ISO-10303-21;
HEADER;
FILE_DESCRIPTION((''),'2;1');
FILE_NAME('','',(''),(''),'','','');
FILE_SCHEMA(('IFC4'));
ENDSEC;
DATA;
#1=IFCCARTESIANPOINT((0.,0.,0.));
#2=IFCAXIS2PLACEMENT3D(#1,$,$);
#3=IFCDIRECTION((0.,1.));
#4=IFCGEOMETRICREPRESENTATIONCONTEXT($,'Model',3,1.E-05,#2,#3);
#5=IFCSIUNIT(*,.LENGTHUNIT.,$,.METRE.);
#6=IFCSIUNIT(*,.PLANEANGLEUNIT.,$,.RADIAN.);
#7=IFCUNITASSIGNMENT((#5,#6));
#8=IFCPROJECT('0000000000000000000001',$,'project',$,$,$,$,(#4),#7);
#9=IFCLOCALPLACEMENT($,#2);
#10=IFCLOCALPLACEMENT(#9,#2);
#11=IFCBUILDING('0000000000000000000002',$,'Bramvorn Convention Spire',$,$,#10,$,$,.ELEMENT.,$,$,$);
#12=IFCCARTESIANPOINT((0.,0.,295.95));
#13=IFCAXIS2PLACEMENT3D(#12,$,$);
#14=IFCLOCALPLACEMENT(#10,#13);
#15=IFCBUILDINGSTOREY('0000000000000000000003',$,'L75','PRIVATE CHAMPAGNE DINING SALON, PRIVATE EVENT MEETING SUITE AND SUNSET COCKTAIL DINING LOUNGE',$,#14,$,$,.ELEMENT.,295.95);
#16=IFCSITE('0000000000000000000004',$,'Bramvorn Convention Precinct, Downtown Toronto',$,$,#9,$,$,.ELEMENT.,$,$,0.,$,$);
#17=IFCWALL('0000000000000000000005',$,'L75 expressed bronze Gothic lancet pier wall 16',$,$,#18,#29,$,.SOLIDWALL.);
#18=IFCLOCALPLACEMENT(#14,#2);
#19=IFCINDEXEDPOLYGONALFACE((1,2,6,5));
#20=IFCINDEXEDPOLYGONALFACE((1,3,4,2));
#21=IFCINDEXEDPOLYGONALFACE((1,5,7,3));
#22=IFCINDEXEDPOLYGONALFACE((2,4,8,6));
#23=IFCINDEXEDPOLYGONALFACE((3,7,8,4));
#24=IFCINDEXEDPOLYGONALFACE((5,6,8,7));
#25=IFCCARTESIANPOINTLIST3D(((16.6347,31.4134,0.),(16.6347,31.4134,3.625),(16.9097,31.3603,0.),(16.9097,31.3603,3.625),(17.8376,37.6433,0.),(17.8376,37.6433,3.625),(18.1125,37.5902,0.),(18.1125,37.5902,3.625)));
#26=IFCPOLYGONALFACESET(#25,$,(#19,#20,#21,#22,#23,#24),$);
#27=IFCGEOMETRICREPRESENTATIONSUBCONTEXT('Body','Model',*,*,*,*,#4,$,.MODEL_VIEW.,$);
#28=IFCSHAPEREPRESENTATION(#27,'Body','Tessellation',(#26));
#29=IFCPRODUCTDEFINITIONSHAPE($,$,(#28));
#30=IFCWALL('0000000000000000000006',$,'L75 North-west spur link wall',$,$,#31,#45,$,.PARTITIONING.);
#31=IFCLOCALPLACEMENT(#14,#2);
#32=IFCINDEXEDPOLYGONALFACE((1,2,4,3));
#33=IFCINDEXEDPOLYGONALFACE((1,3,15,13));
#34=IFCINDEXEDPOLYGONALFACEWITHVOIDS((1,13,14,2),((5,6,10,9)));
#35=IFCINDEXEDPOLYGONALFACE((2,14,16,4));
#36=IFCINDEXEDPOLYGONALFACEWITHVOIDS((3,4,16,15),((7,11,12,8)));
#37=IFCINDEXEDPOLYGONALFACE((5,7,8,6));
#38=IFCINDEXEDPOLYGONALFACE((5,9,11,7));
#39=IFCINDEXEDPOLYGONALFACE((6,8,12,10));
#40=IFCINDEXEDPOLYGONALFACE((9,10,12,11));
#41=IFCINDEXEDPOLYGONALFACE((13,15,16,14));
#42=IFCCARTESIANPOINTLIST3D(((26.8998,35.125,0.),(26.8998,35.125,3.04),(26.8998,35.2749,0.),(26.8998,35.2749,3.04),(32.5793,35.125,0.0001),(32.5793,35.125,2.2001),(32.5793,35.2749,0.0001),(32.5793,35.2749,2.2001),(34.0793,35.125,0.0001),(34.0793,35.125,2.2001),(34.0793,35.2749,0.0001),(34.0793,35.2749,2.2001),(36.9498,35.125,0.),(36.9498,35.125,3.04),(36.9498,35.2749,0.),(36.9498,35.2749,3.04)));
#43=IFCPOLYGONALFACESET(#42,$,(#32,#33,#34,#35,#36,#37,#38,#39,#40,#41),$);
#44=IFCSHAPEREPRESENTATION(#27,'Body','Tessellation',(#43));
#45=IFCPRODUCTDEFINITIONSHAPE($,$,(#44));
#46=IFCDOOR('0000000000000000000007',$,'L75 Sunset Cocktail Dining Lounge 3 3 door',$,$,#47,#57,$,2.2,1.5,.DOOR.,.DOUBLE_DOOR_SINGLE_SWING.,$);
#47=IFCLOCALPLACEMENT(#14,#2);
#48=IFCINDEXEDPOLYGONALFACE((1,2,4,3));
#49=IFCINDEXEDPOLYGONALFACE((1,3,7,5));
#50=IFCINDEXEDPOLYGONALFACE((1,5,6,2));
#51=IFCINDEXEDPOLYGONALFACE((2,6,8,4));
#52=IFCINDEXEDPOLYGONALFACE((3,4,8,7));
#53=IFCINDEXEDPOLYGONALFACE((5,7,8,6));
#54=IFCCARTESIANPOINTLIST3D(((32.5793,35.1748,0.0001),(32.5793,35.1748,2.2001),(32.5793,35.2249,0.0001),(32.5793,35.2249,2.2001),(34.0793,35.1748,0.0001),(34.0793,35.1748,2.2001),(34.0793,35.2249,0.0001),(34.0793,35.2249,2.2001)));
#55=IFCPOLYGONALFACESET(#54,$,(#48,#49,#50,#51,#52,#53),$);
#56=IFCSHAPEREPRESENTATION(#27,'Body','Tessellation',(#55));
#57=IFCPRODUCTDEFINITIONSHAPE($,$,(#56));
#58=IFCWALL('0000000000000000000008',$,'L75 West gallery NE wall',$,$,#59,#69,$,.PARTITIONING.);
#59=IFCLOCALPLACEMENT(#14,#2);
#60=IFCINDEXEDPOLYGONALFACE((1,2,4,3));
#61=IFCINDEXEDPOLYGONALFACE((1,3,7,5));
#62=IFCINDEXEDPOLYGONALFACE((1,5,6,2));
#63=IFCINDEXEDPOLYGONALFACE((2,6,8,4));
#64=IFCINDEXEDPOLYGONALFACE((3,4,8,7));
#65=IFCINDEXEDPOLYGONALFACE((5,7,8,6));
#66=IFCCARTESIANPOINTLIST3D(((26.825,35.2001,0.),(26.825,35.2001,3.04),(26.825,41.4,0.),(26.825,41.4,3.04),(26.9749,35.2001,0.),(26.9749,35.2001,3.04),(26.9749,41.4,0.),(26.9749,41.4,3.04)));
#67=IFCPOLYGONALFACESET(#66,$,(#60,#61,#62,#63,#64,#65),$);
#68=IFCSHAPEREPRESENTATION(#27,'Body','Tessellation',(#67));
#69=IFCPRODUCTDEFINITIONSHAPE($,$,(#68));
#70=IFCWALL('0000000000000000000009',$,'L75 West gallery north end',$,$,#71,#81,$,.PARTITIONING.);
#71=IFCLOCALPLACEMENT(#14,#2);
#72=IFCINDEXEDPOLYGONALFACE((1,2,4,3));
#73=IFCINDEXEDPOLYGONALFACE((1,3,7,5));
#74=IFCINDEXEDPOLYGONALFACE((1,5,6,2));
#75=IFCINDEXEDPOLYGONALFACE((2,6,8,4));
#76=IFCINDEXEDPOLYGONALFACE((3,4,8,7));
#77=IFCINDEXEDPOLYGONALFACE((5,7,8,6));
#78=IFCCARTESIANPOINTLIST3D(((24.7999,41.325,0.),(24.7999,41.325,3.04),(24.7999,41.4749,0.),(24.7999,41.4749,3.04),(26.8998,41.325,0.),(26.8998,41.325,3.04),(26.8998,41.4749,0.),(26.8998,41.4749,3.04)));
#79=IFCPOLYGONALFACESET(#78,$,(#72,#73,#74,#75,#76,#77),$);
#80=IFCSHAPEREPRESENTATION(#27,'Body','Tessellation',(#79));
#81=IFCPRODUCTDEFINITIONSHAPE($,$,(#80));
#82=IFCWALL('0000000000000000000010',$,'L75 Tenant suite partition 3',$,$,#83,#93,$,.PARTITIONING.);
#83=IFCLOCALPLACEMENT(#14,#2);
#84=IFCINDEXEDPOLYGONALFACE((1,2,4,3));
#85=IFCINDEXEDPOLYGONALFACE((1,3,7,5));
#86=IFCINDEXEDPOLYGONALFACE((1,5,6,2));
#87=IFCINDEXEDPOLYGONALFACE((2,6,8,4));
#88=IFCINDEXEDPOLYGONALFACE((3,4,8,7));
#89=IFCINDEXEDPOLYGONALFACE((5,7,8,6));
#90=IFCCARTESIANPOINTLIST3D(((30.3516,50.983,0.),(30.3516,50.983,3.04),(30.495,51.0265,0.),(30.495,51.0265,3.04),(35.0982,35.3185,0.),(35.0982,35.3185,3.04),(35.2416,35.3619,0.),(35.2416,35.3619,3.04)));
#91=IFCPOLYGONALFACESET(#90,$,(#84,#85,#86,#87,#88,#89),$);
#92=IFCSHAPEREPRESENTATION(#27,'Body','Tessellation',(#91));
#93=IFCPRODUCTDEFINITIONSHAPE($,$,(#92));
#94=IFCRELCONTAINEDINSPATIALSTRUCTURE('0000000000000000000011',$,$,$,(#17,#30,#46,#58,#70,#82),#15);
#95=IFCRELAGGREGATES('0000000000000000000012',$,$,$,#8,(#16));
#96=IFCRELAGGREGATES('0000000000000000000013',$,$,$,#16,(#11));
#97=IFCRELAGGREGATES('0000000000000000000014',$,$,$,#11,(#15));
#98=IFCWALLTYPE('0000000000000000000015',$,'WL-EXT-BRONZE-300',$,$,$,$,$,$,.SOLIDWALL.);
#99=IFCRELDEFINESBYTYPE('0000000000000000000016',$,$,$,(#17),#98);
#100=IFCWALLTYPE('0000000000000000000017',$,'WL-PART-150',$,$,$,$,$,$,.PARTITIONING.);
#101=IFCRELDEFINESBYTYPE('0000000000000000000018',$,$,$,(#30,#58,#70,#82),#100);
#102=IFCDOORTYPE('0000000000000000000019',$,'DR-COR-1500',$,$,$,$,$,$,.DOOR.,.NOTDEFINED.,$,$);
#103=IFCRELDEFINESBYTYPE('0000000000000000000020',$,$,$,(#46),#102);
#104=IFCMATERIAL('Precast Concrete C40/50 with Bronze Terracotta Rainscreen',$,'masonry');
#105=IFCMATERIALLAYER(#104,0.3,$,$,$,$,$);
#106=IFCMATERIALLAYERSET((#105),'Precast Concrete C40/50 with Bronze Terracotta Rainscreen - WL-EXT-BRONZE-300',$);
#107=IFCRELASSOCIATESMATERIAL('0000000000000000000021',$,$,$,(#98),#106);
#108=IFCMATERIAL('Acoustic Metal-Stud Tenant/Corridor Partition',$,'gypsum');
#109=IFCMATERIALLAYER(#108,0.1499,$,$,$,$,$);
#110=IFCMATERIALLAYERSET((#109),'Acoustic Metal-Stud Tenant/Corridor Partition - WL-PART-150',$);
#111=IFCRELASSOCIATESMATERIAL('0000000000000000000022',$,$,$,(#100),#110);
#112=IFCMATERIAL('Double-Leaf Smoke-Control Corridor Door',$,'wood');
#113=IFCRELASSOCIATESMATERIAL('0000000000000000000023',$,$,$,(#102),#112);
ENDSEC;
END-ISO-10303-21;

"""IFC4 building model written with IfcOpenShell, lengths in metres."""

from ifc_helpers import new_model, si_unit, direction, frame, frame_2d, origin, place, context, subcontext, project, spatial, rectangle, extrude, material, layer, layer_set, type_object, element, fill, save


model = new_model("IFC4")

# Units and contexts
model_context = context("Model", 3, precision=1e-05, world=origin(), true_north=direction((0.0, 1.0)))
body_context = subcontext(model_context, "Body", "Model", "MODEL_VIEW")
ifc_project = project(units=[si_unit("LENGTHUNIT", "METRE"), si_unit("PLANEANGLEUNIT", "RADIAN")], contexts=[model_context])

# Site, building, storey
site_placement = place(None, origin())
site = spatial("IfcSite", under=ifc_project, at=site_placement, Name="Bramvorn Convention Precinct, Downtown Toronto", CompositionType="ELEMENT", RefElevation=0.0)
building_placement = place(site_placement, origin())
building = spatial("IfcBuilding", under=site, at=building_placement, Name="Bramvorn Convention Spire", CompositionType="ELEMENT")
storey_placement = place(building_placement, frame((0.0, 0.0, 295.95)))
storey = spatial("IfcBuildingStorey", under=building, at=storey_placement, Name="L75", Description="PRIVATE CHAMPAGNE DINING SALON, PRIVATE EVENT MEETING SUITE AND SUNSET COCKTAIL DINING LOUNGE", CompositionType="ELEMENT", Elevation=295.95)

# Wall
ifc_material_1 = material(Name="Precast Concrete C40/50 with Bronze Terracotta Rainscreen", Category="masonry")
ifc_layer_1 = layer(ifc_material_1, 0.3)
ifc_layer_set_1 = layer_set([ifc_layer_1], Name="Precast Concrete C40/50 with Bronze Terracotta Rainscreen - WL-EXT-BRONZE-300")
wall_type_1 = type_object("IfcWallType", Name="WL-EXT-BRONZE-300", PredefinedType="SOLIDWALL", material=ifc_layer_set_1)
wall_1_placement = place(storey_placement, frame((16.7722, 31.387, 0.0), z_axis=(0.0, 0.0, 1.0), x_axis=(0.189578, 0.981866, 0.0)))
element("IfcWall", 1, at=wall_1_placement, inside=storey, type_object=wall_type_1, Name="L75 expressed bronze Gothic lancet pier wall 16", PredefinedType="SOLIDWALL", context=body_context, shape_type="SweptSolid", body=[
    extrude(rectangle(XDim=6.345, YDim=0.28, at=frame_2d((3.1724, 0.0))), origin(), (0.0, 0.0, 1.0), 3.625),
])

# Wall, opening, door
ifc_material_2 = material(Name="Acoustic Metal-Stud Tenant/Corridor Partition", Category="gypsum")
ifc_layer_2 = layer(ifc_material_2, 0.1499)
ifc_layer_set_2 = layer_set([ifc_layer_2], Name="Acoustic Metal-Stud Tenant/Corridor Partition - WL-PART-150")
wall_type_2 = type_object("IfcWallType", Name="WL-PART-150", PredefinedType="PARTITIONING", material=ifc_layer_set_2)
wall_2_placement = place(storey_placement, frame((26.8999, 35.2, 0.0), z_axis=(0.0, 0.0, 1.0), x_axis=(1.0, 0.0, 0.0)))
wall_2 = element("IfcWall", 2, at=wall_2_placement, inside=storey, type_object=wall_type_2, Name="L75 North-west spur link wall", PredefinedType="PARTITIONING", context=body_context, shape_type="SweptSolid", body=[
    extrude(rectangle(XDim=10.05, YDim=0.1499, at=frame_2d((5.0249, 0.0))), origin(), (0.0, 0.0, 1.0), 3.04),
])
opening_placement = place(wall_2_placement, frame((5.6794, 0.0, 0.0)))
opening = element("IfcOpeningElement", 3, at=opening_placement, cuts=wall_2, PredefinedType="OPENING", context=body_context, shape_type="SweptSolid", body=[
    extrude(rectangle(XDim=1.5, YDim=2.2, at=frame_2d((0.75, 1.1001))), frame((0.0, 0.085, 0.0), z_axis=(0.0, -1.0, 0.0), x_axis=(1.0, 0.0, 0.0)), (0.0, 0.0, 1.0), 0.1699),
])
ifc_material_3 = material(Name="Double-Leaf Smoke-Control Corridor Door", Category="wood")
door_type = type_object("IfcDoorType", Name="DR-COR-1500", OperationType="NOTDEFINED", PredefinedType="DOOR", material=ifc_material_3)
door_placement = place(opening_placement, origin())
door = element("IfcDoor", 4, at=door_placement, inside=storey, type_object=door_type, Name="L75 Sunset Cocktail Dining Lounge 3 3 door", OperationType="DOUBLE_DOOR_SINGLE_SWING", OverallHeight=2.2, OverallWidth=1.5, PredefinedType="DOOR", context=body_context, shape_type="SweptSolid", body=[
    extrude(rectangle(XDim=1.5, YDim=2.2, at=frame_2d((0.75, 1.1001))), frame((0.0, 0.0249, 0.0), z_axis=(0.0, -1.0, 0.0), x_axis=(1.0, 0.0, 0.0)), (0.0, 0.0, 1.0), 0.05),
])
fill(opening, door)

# Walls
wall_3_placement = place(storey_placement, frame((26.8999, 35.2, 0.0), z_axis=(0.0, 0.0, 1.0), x_axis=(0.0, 1.0, 0.0)))
element("IfcWall", 5, at=wall_3_placement, inside=storey, type_object=wall_type_2, Name="L75 West gallery NE wall", PredefinedType="PARTITIONING", context=body_context, shape_type="SweptSolid", body=[
    extrude(rectangle(XDim=6.2, YDim=0.1499, at=frame_2d((3.1001, 0.0))), origin(), (0.0, 0.0, 1.0), 3.04),
])
wall_4_placement = place(storey_placement, frame((24.8, 41.3999, 0.0), z_axis=(0.0, 0.0, 1.0), x_axis=(1.0, 0.0, 0.0)))
element("IfcWall", 6, at=wall_4_placement, inside=storey, type_object=wall_type_2, Name="L75 West gallery north end", PredefinedType="PARTITIONING", context=body_context, shape_type="SweptSolid", body=[
    extrude(rectangle(XDim=2.0999, YDim=0.1499, at=frame_2d((1.0498, 0.0))), origin(), (0.0, 0.0, 1.0), 3.04),
])
wall_5_placement = place(storey_placement, frame((35.1699, 35.3401, 0.0), z_axis=(0.0, 0.0, 1.0), x_axis=(-0.289993, 0.957029, 0.0)))
element("IfcWall", 7, at=wall_5_placement, inside=storey, type_object=wall_type_2, Name="L75 Tenant suite partition 3", PredefinedType="PARTITIONING", context=body_context, shape_type="SweptSolid", body=[
    extrude(rectangle(XDim=16.3679, YDim=0.1499, at=frame_2d((8.1841, 0.0))), origin(), (0.0, 0.0, 1.0), 3.04),
])

save(model, "model.ifc")
